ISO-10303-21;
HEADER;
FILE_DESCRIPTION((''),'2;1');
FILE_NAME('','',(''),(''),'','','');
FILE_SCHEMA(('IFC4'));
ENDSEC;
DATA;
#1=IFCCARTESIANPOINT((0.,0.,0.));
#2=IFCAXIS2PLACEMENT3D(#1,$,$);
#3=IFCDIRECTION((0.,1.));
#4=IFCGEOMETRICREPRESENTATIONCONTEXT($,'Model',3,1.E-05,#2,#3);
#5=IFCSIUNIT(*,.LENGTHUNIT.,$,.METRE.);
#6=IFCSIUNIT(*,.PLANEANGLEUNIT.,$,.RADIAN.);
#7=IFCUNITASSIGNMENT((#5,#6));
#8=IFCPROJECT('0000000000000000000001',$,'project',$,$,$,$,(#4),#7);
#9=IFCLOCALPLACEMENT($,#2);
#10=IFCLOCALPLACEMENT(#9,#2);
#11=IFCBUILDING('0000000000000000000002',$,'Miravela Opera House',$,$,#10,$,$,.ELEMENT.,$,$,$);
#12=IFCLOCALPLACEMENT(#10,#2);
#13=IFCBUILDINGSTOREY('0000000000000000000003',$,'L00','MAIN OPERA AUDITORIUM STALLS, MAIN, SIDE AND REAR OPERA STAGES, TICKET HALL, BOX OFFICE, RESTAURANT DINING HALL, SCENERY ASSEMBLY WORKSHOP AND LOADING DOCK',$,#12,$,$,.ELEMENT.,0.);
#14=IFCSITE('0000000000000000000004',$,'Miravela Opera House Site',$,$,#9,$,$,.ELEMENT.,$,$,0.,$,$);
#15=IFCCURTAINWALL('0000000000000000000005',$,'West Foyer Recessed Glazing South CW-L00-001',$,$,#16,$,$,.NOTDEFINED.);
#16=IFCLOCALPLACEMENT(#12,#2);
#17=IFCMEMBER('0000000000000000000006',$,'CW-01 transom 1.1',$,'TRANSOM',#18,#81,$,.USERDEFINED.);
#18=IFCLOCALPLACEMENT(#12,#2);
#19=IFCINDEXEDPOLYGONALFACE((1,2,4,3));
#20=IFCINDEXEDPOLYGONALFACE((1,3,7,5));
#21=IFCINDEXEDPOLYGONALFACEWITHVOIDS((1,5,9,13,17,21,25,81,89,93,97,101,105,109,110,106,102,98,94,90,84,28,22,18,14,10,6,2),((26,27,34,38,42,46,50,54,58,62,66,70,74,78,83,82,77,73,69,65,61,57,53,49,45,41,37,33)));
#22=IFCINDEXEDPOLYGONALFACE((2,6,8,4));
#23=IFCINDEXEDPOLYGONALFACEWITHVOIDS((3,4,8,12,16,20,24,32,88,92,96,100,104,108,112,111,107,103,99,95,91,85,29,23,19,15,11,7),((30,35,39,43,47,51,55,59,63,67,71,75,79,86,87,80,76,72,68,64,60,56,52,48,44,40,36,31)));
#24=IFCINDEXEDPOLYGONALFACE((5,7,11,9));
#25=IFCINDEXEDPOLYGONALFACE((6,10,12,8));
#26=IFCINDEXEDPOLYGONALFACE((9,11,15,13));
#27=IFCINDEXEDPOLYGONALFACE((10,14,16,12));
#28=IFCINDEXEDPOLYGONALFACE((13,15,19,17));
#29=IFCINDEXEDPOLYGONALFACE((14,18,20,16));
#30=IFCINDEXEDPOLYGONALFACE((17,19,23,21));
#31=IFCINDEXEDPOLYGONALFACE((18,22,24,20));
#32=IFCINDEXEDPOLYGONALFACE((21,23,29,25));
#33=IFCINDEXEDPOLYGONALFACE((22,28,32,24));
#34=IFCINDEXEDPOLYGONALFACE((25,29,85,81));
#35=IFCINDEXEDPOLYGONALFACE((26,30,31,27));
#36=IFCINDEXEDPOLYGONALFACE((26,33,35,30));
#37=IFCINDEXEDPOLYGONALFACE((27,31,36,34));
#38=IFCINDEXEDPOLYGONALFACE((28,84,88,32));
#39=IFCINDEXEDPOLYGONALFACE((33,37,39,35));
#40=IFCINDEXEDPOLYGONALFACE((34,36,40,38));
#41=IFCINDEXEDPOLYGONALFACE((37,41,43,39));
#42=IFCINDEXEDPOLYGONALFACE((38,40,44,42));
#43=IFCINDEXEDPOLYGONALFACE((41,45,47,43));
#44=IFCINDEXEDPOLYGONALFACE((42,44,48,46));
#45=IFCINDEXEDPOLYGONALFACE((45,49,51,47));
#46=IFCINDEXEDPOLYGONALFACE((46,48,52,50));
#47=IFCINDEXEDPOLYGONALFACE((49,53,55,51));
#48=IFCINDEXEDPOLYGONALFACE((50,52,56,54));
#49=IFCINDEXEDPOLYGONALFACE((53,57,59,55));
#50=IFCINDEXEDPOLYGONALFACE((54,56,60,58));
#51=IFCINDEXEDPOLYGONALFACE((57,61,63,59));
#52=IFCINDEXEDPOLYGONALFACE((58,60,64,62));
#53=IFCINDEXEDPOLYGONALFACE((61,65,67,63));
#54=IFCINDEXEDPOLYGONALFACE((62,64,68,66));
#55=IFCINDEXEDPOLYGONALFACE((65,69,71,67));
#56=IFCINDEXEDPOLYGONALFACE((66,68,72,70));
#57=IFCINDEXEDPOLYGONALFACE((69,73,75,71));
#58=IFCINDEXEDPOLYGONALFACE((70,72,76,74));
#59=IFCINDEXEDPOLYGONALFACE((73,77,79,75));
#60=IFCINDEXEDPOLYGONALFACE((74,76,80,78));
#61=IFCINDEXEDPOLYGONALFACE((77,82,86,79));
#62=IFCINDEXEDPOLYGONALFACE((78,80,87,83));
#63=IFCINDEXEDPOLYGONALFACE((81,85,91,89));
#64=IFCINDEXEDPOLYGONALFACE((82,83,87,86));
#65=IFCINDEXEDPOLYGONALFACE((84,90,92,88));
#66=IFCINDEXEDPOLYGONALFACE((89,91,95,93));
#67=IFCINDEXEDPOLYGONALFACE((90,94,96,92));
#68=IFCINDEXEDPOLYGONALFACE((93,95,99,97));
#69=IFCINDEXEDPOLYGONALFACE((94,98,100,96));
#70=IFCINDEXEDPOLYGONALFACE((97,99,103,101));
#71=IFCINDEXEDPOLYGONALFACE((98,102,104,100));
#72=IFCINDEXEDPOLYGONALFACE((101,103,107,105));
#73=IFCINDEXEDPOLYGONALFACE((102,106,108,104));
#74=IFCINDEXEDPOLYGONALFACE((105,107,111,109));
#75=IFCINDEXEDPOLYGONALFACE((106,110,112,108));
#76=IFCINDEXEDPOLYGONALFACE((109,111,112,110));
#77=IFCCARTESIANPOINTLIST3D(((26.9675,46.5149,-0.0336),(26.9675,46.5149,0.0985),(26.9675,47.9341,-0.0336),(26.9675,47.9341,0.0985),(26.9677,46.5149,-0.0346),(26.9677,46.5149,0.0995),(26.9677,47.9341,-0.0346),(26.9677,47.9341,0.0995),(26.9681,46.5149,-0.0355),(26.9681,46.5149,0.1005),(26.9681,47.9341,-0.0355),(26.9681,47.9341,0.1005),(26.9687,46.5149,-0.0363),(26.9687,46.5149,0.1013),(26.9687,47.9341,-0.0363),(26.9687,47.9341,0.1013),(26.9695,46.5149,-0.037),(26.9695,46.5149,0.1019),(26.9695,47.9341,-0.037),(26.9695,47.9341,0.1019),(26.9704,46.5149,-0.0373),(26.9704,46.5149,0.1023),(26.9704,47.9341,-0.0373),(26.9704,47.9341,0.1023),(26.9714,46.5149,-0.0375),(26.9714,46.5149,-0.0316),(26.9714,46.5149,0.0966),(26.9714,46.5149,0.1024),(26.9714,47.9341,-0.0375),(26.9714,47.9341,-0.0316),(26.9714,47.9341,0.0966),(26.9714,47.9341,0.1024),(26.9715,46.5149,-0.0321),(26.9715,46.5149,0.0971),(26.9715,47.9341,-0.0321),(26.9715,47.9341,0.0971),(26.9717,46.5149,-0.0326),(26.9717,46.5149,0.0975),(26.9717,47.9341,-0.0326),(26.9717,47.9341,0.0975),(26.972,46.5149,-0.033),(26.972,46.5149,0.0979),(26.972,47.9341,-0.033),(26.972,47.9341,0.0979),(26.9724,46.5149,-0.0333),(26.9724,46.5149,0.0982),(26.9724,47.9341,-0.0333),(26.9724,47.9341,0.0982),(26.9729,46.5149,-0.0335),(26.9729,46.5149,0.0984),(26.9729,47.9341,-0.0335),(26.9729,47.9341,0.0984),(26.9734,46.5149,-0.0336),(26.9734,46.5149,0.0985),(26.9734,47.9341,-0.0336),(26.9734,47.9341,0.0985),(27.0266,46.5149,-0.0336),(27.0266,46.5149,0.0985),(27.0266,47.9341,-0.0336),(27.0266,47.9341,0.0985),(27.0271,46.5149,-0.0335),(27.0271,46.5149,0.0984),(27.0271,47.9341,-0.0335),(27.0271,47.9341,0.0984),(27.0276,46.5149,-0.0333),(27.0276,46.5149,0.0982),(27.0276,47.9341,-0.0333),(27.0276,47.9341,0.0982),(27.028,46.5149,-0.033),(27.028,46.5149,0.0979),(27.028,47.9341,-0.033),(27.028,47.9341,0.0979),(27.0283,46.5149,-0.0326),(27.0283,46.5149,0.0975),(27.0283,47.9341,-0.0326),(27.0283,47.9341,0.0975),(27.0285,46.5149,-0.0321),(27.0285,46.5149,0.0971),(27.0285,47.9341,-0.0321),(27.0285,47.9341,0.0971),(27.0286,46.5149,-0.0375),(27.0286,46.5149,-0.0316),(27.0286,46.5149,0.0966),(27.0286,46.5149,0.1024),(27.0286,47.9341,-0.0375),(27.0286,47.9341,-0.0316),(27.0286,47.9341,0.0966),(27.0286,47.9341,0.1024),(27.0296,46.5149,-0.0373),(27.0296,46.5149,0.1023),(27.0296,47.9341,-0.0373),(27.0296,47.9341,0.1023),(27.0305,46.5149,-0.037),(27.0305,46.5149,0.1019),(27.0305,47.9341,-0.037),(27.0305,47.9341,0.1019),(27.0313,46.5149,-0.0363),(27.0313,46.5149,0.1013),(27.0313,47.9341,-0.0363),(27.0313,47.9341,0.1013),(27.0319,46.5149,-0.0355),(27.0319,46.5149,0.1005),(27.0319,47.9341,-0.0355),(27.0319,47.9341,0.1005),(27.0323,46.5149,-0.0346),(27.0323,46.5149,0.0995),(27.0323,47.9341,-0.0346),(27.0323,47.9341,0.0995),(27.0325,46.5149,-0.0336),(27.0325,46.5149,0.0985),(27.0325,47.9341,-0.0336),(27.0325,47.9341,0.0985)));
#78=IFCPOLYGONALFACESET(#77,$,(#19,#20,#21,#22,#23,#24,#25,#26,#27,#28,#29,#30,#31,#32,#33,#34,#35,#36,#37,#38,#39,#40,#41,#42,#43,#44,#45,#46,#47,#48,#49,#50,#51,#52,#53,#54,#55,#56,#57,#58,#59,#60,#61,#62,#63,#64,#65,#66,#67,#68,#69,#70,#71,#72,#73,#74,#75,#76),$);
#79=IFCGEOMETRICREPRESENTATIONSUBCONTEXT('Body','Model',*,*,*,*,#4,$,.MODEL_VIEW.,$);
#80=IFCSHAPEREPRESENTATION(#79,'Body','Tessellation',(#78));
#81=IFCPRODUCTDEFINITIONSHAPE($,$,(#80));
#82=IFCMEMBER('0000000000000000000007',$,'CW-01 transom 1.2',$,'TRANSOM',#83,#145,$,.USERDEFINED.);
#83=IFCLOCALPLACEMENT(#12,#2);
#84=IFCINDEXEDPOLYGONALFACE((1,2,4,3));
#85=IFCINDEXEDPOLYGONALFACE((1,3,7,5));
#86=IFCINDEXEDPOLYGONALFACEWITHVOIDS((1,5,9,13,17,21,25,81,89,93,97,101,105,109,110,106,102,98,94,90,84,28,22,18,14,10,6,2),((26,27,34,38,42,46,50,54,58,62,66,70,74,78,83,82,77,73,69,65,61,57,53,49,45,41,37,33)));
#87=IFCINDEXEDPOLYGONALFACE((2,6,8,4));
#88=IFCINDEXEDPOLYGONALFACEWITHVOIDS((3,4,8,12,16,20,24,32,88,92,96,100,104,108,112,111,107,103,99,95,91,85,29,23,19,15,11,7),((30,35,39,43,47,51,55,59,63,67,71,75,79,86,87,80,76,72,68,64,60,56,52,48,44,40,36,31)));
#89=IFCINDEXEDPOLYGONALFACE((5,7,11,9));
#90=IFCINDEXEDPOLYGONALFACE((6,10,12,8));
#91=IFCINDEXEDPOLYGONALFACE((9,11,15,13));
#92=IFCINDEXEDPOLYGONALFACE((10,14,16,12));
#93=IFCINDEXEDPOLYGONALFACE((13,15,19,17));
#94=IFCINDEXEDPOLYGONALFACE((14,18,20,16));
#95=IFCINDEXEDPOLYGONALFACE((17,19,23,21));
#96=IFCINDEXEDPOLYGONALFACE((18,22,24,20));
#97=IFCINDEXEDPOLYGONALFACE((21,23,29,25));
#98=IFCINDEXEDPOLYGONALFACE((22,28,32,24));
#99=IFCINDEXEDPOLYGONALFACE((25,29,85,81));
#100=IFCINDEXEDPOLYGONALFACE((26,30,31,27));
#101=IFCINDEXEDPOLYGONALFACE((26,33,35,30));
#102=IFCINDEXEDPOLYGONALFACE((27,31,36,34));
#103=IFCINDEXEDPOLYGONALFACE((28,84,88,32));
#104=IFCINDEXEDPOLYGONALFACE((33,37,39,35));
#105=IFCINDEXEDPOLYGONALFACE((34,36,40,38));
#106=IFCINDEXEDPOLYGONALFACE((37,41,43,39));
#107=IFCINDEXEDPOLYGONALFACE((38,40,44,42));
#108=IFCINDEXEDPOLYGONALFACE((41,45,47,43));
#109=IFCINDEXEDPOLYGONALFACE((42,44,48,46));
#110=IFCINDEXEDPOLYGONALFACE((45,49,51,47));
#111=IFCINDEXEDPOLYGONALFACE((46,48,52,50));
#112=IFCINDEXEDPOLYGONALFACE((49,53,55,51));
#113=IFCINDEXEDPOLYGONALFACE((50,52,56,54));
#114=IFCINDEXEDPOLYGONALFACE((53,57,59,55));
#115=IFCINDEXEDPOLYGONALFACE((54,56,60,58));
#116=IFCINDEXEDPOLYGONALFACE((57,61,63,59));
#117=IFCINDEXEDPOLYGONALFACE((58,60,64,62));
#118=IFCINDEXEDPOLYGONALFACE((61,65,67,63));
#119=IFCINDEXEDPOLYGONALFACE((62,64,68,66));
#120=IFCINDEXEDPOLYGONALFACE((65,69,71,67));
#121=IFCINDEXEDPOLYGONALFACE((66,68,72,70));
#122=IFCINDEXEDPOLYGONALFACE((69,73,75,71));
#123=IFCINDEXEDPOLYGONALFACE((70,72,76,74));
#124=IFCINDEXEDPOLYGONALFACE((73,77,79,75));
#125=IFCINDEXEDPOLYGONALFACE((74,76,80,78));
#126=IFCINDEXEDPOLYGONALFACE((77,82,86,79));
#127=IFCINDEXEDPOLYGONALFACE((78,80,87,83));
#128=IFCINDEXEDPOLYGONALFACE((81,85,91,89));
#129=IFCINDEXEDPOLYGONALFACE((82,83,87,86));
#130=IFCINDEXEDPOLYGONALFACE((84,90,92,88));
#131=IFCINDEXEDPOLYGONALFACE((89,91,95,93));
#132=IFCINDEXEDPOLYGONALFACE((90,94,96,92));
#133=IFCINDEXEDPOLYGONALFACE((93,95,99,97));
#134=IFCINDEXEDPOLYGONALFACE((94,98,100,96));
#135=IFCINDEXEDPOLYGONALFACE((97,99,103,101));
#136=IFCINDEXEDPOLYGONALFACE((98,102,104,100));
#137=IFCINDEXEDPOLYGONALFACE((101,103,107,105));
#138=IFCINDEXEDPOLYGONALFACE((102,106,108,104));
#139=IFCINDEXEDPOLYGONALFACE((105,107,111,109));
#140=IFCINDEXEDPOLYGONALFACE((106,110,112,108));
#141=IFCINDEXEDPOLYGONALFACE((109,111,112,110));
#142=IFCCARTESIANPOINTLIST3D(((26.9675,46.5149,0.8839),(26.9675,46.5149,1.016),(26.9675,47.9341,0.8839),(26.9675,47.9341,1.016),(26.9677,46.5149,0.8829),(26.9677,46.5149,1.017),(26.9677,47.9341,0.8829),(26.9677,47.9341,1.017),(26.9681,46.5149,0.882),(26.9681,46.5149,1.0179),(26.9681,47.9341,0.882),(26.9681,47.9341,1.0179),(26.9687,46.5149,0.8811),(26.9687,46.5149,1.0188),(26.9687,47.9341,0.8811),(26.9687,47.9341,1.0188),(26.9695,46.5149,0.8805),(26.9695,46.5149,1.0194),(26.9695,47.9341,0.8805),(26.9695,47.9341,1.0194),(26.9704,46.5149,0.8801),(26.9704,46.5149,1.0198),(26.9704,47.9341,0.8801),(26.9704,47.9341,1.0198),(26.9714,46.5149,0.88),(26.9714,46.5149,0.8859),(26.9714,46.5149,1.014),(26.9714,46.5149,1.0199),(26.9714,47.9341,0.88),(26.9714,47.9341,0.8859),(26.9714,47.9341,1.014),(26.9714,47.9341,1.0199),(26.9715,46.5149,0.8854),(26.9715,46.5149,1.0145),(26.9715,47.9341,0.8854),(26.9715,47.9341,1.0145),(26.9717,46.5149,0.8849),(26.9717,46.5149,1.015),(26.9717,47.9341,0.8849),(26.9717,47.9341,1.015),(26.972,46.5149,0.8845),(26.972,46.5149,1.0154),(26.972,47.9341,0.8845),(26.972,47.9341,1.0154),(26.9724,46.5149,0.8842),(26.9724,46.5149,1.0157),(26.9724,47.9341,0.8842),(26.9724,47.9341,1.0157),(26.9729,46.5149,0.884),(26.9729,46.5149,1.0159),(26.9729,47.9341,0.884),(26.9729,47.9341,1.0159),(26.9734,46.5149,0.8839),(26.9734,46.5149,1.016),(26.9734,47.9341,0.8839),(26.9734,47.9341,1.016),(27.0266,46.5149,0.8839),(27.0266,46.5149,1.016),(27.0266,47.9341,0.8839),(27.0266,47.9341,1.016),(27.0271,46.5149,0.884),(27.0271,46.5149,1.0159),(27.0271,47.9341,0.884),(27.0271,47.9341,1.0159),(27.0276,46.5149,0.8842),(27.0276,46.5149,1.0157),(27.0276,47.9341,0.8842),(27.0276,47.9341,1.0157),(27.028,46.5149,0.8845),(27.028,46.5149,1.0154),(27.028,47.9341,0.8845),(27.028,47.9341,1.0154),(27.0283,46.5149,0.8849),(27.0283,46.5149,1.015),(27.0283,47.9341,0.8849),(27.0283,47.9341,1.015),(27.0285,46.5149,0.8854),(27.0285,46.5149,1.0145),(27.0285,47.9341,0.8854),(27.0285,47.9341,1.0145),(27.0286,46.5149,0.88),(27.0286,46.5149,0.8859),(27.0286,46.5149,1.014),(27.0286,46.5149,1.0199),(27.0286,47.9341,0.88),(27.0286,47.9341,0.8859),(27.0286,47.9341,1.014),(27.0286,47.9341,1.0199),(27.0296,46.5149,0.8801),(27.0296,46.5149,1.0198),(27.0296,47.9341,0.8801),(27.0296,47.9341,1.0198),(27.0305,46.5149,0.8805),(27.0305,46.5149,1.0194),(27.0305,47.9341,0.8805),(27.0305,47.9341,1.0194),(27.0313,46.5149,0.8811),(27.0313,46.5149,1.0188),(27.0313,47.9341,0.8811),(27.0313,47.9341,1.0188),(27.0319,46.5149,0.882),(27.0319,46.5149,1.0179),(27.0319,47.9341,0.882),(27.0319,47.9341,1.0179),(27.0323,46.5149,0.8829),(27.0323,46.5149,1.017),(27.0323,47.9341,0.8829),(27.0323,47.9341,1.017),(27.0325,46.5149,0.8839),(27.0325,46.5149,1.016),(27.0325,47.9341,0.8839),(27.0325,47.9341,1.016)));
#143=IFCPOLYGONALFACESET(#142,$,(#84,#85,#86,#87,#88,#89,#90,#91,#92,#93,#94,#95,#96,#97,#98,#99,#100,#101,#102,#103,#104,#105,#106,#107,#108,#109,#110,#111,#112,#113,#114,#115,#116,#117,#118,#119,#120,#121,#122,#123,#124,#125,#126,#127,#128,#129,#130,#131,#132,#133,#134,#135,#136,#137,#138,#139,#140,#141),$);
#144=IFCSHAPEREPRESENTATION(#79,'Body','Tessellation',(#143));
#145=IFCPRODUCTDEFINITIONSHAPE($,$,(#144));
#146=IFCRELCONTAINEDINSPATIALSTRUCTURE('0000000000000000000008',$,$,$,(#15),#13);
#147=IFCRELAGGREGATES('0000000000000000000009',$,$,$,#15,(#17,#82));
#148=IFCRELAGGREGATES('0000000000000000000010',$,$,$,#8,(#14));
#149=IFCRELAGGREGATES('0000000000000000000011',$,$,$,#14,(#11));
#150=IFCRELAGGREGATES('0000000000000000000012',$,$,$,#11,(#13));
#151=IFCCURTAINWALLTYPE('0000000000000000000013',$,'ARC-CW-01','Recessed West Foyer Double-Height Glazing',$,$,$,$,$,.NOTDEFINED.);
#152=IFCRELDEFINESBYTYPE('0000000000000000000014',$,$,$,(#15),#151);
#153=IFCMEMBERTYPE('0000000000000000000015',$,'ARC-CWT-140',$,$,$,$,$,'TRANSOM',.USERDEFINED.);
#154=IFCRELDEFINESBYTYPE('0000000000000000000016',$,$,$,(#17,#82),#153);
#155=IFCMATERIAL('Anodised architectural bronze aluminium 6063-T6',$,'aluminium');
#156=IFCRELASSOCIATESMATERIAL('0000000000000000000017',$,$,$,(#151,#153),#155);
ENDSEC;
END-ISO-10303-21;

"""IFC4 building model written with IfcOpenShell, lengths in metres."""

from ifc_helpers import new_model, si_unit, direction, frame, origin, origin_2d, place, context, subcontext, project, spatial, hollow_rectangle, extrude, material, material_profile, profile_set, type_object, element, aggregate, save


model = new_model("IFC4")

# Units and contexts
model_context = context("Model", 3, precision=1e-05, world=origin(), true_north=direction((0.0, 1.0)))
body_context = subcontext(model_context, "Body", "Model", "MODEL_VIEW")
ifc_project = project(units=[si_unit("LENGTHUNIT", "METRE"), si_unit("PLANEANGLEUNIT", "RADIAN")], contexts=[model_context])

# Site, building, storey
site_placement = place(None, origin())
site = spatial("IfcSite", under=ifc_project, at=site_placement, Name="Miravela Opera House Site", CompositionType="ELEMENT", RefElevation=0.0)
building_placement = place(site_placement, origin())
building = spatial("IfcBuilding", under=site, at=building_placement, Name="Miravela Opera House", CompositionType="ELEMENT")
storey_placement = place(building_placement, origin())
storey = spatial("IfcBuildingStorey", under=building, at=storey_placement, Name="L00", Description="MAIN OPERA AUDITORIUM STALLS, MAIN, SIDE AND REAR OPERA STAGES, TICKET HALL, BOX OFFICE, RESTAURANT DINING HALL, SCENERY ASSEMBLY WORKSHOP AND LOADING DOCK", CompositionType="ELEMENT", Elevation=0.0)

# Curtain wall, members
ifc_material_1 = material(Name="Anodised architectural bronze aluminium 6063-T6", Category="aluminium")
curtain_wall_type = type_object("IfcCurtainWallType", Name="ARC-CW-01", Description="Recessed West Foyer Double-Height Glazing", PredefinedType="NOTDEFINED", material=ifc_material_1)
curtain_wall_placement = place(storey_placement, origin())
curtain_wall = element("IfcCurtainWall", 1, at=curtain_wall_placement, inside=storey, type_object=curtain_wall_type, Name="West Foyer Recessed Glazing South CW-L00-001", PredefinedType="NOTDEFINED")
ifc_material_profile_1 = material_profile(ifc_material_1, hollow_rectangle(XDim=0.0649, YDim=0.1399, WallThickness=0.0039, InnerFilletRadius=0.002, OuterFilletRadius=0.0039, at=origin_2d()), Name="CWT-65X140")
ifc_profile_set_1 = profile_set([ifc_material_profile_1])
member_type_1 = type_object("IfcMemberType", Name="ARC-CWT-140", ElementType="TRANSOM", PredefinedType="USERDEFINED", material=ifc_profile_set_1)
member_1_placement = place(storey_placement, frame((27.0, 46.5149, 0.0325), z_axis=(0.0, 1.0, 0.0), x_axis=(-1.0, 0.0, 0.0)))
member_1 = element("IfcMember", 2, at=member_1_placement, type_object=member_type_1, Name="CW-01 transom 1.1", ObjectType="TRANSOM", PredefinedType="USERDEFINED", context=body_context, shape_type="SweptSolid", body=[
    extrude(hollow_rectangle(XDim=0.0649, YDim=0.1399, WallThickness=0.0039, InnerFilletRadius=0.002, OuterFilletRadius=0.0039, at=origin_2d()), origin(), (0.0, 0.0, 1.0), 1.4192),
])
member_2_placement = place(storey_placement, frame((27.0, 46.5149, 0.95), z_axis=(0.0, 1.0, 0.0), x_axis=(-1.0, 0.0, 0.0)))
member_2 = element("IfcMember", 3, at=member_2_placement, type_object=member_type_1, Name="CW-01 transom 1.2", ObjectType="TRANSOM", PredefinedType="USERDEFINED", context=body_context, shape_type="SweptSolid", body=[
    extrude(hollow_rectangle(XDim=0.0649, YDim=0.1399, WallThickness=0.0039, InnerFilletRadius=0.002, OuterFilletRadius=0.0039, at=origin_2d()), origin(), (0.0, 0.0, 1.0), 1.4192),
])

aggregate(curtain_wall, [member_1, member_2])

save(model, "model.ifc")
